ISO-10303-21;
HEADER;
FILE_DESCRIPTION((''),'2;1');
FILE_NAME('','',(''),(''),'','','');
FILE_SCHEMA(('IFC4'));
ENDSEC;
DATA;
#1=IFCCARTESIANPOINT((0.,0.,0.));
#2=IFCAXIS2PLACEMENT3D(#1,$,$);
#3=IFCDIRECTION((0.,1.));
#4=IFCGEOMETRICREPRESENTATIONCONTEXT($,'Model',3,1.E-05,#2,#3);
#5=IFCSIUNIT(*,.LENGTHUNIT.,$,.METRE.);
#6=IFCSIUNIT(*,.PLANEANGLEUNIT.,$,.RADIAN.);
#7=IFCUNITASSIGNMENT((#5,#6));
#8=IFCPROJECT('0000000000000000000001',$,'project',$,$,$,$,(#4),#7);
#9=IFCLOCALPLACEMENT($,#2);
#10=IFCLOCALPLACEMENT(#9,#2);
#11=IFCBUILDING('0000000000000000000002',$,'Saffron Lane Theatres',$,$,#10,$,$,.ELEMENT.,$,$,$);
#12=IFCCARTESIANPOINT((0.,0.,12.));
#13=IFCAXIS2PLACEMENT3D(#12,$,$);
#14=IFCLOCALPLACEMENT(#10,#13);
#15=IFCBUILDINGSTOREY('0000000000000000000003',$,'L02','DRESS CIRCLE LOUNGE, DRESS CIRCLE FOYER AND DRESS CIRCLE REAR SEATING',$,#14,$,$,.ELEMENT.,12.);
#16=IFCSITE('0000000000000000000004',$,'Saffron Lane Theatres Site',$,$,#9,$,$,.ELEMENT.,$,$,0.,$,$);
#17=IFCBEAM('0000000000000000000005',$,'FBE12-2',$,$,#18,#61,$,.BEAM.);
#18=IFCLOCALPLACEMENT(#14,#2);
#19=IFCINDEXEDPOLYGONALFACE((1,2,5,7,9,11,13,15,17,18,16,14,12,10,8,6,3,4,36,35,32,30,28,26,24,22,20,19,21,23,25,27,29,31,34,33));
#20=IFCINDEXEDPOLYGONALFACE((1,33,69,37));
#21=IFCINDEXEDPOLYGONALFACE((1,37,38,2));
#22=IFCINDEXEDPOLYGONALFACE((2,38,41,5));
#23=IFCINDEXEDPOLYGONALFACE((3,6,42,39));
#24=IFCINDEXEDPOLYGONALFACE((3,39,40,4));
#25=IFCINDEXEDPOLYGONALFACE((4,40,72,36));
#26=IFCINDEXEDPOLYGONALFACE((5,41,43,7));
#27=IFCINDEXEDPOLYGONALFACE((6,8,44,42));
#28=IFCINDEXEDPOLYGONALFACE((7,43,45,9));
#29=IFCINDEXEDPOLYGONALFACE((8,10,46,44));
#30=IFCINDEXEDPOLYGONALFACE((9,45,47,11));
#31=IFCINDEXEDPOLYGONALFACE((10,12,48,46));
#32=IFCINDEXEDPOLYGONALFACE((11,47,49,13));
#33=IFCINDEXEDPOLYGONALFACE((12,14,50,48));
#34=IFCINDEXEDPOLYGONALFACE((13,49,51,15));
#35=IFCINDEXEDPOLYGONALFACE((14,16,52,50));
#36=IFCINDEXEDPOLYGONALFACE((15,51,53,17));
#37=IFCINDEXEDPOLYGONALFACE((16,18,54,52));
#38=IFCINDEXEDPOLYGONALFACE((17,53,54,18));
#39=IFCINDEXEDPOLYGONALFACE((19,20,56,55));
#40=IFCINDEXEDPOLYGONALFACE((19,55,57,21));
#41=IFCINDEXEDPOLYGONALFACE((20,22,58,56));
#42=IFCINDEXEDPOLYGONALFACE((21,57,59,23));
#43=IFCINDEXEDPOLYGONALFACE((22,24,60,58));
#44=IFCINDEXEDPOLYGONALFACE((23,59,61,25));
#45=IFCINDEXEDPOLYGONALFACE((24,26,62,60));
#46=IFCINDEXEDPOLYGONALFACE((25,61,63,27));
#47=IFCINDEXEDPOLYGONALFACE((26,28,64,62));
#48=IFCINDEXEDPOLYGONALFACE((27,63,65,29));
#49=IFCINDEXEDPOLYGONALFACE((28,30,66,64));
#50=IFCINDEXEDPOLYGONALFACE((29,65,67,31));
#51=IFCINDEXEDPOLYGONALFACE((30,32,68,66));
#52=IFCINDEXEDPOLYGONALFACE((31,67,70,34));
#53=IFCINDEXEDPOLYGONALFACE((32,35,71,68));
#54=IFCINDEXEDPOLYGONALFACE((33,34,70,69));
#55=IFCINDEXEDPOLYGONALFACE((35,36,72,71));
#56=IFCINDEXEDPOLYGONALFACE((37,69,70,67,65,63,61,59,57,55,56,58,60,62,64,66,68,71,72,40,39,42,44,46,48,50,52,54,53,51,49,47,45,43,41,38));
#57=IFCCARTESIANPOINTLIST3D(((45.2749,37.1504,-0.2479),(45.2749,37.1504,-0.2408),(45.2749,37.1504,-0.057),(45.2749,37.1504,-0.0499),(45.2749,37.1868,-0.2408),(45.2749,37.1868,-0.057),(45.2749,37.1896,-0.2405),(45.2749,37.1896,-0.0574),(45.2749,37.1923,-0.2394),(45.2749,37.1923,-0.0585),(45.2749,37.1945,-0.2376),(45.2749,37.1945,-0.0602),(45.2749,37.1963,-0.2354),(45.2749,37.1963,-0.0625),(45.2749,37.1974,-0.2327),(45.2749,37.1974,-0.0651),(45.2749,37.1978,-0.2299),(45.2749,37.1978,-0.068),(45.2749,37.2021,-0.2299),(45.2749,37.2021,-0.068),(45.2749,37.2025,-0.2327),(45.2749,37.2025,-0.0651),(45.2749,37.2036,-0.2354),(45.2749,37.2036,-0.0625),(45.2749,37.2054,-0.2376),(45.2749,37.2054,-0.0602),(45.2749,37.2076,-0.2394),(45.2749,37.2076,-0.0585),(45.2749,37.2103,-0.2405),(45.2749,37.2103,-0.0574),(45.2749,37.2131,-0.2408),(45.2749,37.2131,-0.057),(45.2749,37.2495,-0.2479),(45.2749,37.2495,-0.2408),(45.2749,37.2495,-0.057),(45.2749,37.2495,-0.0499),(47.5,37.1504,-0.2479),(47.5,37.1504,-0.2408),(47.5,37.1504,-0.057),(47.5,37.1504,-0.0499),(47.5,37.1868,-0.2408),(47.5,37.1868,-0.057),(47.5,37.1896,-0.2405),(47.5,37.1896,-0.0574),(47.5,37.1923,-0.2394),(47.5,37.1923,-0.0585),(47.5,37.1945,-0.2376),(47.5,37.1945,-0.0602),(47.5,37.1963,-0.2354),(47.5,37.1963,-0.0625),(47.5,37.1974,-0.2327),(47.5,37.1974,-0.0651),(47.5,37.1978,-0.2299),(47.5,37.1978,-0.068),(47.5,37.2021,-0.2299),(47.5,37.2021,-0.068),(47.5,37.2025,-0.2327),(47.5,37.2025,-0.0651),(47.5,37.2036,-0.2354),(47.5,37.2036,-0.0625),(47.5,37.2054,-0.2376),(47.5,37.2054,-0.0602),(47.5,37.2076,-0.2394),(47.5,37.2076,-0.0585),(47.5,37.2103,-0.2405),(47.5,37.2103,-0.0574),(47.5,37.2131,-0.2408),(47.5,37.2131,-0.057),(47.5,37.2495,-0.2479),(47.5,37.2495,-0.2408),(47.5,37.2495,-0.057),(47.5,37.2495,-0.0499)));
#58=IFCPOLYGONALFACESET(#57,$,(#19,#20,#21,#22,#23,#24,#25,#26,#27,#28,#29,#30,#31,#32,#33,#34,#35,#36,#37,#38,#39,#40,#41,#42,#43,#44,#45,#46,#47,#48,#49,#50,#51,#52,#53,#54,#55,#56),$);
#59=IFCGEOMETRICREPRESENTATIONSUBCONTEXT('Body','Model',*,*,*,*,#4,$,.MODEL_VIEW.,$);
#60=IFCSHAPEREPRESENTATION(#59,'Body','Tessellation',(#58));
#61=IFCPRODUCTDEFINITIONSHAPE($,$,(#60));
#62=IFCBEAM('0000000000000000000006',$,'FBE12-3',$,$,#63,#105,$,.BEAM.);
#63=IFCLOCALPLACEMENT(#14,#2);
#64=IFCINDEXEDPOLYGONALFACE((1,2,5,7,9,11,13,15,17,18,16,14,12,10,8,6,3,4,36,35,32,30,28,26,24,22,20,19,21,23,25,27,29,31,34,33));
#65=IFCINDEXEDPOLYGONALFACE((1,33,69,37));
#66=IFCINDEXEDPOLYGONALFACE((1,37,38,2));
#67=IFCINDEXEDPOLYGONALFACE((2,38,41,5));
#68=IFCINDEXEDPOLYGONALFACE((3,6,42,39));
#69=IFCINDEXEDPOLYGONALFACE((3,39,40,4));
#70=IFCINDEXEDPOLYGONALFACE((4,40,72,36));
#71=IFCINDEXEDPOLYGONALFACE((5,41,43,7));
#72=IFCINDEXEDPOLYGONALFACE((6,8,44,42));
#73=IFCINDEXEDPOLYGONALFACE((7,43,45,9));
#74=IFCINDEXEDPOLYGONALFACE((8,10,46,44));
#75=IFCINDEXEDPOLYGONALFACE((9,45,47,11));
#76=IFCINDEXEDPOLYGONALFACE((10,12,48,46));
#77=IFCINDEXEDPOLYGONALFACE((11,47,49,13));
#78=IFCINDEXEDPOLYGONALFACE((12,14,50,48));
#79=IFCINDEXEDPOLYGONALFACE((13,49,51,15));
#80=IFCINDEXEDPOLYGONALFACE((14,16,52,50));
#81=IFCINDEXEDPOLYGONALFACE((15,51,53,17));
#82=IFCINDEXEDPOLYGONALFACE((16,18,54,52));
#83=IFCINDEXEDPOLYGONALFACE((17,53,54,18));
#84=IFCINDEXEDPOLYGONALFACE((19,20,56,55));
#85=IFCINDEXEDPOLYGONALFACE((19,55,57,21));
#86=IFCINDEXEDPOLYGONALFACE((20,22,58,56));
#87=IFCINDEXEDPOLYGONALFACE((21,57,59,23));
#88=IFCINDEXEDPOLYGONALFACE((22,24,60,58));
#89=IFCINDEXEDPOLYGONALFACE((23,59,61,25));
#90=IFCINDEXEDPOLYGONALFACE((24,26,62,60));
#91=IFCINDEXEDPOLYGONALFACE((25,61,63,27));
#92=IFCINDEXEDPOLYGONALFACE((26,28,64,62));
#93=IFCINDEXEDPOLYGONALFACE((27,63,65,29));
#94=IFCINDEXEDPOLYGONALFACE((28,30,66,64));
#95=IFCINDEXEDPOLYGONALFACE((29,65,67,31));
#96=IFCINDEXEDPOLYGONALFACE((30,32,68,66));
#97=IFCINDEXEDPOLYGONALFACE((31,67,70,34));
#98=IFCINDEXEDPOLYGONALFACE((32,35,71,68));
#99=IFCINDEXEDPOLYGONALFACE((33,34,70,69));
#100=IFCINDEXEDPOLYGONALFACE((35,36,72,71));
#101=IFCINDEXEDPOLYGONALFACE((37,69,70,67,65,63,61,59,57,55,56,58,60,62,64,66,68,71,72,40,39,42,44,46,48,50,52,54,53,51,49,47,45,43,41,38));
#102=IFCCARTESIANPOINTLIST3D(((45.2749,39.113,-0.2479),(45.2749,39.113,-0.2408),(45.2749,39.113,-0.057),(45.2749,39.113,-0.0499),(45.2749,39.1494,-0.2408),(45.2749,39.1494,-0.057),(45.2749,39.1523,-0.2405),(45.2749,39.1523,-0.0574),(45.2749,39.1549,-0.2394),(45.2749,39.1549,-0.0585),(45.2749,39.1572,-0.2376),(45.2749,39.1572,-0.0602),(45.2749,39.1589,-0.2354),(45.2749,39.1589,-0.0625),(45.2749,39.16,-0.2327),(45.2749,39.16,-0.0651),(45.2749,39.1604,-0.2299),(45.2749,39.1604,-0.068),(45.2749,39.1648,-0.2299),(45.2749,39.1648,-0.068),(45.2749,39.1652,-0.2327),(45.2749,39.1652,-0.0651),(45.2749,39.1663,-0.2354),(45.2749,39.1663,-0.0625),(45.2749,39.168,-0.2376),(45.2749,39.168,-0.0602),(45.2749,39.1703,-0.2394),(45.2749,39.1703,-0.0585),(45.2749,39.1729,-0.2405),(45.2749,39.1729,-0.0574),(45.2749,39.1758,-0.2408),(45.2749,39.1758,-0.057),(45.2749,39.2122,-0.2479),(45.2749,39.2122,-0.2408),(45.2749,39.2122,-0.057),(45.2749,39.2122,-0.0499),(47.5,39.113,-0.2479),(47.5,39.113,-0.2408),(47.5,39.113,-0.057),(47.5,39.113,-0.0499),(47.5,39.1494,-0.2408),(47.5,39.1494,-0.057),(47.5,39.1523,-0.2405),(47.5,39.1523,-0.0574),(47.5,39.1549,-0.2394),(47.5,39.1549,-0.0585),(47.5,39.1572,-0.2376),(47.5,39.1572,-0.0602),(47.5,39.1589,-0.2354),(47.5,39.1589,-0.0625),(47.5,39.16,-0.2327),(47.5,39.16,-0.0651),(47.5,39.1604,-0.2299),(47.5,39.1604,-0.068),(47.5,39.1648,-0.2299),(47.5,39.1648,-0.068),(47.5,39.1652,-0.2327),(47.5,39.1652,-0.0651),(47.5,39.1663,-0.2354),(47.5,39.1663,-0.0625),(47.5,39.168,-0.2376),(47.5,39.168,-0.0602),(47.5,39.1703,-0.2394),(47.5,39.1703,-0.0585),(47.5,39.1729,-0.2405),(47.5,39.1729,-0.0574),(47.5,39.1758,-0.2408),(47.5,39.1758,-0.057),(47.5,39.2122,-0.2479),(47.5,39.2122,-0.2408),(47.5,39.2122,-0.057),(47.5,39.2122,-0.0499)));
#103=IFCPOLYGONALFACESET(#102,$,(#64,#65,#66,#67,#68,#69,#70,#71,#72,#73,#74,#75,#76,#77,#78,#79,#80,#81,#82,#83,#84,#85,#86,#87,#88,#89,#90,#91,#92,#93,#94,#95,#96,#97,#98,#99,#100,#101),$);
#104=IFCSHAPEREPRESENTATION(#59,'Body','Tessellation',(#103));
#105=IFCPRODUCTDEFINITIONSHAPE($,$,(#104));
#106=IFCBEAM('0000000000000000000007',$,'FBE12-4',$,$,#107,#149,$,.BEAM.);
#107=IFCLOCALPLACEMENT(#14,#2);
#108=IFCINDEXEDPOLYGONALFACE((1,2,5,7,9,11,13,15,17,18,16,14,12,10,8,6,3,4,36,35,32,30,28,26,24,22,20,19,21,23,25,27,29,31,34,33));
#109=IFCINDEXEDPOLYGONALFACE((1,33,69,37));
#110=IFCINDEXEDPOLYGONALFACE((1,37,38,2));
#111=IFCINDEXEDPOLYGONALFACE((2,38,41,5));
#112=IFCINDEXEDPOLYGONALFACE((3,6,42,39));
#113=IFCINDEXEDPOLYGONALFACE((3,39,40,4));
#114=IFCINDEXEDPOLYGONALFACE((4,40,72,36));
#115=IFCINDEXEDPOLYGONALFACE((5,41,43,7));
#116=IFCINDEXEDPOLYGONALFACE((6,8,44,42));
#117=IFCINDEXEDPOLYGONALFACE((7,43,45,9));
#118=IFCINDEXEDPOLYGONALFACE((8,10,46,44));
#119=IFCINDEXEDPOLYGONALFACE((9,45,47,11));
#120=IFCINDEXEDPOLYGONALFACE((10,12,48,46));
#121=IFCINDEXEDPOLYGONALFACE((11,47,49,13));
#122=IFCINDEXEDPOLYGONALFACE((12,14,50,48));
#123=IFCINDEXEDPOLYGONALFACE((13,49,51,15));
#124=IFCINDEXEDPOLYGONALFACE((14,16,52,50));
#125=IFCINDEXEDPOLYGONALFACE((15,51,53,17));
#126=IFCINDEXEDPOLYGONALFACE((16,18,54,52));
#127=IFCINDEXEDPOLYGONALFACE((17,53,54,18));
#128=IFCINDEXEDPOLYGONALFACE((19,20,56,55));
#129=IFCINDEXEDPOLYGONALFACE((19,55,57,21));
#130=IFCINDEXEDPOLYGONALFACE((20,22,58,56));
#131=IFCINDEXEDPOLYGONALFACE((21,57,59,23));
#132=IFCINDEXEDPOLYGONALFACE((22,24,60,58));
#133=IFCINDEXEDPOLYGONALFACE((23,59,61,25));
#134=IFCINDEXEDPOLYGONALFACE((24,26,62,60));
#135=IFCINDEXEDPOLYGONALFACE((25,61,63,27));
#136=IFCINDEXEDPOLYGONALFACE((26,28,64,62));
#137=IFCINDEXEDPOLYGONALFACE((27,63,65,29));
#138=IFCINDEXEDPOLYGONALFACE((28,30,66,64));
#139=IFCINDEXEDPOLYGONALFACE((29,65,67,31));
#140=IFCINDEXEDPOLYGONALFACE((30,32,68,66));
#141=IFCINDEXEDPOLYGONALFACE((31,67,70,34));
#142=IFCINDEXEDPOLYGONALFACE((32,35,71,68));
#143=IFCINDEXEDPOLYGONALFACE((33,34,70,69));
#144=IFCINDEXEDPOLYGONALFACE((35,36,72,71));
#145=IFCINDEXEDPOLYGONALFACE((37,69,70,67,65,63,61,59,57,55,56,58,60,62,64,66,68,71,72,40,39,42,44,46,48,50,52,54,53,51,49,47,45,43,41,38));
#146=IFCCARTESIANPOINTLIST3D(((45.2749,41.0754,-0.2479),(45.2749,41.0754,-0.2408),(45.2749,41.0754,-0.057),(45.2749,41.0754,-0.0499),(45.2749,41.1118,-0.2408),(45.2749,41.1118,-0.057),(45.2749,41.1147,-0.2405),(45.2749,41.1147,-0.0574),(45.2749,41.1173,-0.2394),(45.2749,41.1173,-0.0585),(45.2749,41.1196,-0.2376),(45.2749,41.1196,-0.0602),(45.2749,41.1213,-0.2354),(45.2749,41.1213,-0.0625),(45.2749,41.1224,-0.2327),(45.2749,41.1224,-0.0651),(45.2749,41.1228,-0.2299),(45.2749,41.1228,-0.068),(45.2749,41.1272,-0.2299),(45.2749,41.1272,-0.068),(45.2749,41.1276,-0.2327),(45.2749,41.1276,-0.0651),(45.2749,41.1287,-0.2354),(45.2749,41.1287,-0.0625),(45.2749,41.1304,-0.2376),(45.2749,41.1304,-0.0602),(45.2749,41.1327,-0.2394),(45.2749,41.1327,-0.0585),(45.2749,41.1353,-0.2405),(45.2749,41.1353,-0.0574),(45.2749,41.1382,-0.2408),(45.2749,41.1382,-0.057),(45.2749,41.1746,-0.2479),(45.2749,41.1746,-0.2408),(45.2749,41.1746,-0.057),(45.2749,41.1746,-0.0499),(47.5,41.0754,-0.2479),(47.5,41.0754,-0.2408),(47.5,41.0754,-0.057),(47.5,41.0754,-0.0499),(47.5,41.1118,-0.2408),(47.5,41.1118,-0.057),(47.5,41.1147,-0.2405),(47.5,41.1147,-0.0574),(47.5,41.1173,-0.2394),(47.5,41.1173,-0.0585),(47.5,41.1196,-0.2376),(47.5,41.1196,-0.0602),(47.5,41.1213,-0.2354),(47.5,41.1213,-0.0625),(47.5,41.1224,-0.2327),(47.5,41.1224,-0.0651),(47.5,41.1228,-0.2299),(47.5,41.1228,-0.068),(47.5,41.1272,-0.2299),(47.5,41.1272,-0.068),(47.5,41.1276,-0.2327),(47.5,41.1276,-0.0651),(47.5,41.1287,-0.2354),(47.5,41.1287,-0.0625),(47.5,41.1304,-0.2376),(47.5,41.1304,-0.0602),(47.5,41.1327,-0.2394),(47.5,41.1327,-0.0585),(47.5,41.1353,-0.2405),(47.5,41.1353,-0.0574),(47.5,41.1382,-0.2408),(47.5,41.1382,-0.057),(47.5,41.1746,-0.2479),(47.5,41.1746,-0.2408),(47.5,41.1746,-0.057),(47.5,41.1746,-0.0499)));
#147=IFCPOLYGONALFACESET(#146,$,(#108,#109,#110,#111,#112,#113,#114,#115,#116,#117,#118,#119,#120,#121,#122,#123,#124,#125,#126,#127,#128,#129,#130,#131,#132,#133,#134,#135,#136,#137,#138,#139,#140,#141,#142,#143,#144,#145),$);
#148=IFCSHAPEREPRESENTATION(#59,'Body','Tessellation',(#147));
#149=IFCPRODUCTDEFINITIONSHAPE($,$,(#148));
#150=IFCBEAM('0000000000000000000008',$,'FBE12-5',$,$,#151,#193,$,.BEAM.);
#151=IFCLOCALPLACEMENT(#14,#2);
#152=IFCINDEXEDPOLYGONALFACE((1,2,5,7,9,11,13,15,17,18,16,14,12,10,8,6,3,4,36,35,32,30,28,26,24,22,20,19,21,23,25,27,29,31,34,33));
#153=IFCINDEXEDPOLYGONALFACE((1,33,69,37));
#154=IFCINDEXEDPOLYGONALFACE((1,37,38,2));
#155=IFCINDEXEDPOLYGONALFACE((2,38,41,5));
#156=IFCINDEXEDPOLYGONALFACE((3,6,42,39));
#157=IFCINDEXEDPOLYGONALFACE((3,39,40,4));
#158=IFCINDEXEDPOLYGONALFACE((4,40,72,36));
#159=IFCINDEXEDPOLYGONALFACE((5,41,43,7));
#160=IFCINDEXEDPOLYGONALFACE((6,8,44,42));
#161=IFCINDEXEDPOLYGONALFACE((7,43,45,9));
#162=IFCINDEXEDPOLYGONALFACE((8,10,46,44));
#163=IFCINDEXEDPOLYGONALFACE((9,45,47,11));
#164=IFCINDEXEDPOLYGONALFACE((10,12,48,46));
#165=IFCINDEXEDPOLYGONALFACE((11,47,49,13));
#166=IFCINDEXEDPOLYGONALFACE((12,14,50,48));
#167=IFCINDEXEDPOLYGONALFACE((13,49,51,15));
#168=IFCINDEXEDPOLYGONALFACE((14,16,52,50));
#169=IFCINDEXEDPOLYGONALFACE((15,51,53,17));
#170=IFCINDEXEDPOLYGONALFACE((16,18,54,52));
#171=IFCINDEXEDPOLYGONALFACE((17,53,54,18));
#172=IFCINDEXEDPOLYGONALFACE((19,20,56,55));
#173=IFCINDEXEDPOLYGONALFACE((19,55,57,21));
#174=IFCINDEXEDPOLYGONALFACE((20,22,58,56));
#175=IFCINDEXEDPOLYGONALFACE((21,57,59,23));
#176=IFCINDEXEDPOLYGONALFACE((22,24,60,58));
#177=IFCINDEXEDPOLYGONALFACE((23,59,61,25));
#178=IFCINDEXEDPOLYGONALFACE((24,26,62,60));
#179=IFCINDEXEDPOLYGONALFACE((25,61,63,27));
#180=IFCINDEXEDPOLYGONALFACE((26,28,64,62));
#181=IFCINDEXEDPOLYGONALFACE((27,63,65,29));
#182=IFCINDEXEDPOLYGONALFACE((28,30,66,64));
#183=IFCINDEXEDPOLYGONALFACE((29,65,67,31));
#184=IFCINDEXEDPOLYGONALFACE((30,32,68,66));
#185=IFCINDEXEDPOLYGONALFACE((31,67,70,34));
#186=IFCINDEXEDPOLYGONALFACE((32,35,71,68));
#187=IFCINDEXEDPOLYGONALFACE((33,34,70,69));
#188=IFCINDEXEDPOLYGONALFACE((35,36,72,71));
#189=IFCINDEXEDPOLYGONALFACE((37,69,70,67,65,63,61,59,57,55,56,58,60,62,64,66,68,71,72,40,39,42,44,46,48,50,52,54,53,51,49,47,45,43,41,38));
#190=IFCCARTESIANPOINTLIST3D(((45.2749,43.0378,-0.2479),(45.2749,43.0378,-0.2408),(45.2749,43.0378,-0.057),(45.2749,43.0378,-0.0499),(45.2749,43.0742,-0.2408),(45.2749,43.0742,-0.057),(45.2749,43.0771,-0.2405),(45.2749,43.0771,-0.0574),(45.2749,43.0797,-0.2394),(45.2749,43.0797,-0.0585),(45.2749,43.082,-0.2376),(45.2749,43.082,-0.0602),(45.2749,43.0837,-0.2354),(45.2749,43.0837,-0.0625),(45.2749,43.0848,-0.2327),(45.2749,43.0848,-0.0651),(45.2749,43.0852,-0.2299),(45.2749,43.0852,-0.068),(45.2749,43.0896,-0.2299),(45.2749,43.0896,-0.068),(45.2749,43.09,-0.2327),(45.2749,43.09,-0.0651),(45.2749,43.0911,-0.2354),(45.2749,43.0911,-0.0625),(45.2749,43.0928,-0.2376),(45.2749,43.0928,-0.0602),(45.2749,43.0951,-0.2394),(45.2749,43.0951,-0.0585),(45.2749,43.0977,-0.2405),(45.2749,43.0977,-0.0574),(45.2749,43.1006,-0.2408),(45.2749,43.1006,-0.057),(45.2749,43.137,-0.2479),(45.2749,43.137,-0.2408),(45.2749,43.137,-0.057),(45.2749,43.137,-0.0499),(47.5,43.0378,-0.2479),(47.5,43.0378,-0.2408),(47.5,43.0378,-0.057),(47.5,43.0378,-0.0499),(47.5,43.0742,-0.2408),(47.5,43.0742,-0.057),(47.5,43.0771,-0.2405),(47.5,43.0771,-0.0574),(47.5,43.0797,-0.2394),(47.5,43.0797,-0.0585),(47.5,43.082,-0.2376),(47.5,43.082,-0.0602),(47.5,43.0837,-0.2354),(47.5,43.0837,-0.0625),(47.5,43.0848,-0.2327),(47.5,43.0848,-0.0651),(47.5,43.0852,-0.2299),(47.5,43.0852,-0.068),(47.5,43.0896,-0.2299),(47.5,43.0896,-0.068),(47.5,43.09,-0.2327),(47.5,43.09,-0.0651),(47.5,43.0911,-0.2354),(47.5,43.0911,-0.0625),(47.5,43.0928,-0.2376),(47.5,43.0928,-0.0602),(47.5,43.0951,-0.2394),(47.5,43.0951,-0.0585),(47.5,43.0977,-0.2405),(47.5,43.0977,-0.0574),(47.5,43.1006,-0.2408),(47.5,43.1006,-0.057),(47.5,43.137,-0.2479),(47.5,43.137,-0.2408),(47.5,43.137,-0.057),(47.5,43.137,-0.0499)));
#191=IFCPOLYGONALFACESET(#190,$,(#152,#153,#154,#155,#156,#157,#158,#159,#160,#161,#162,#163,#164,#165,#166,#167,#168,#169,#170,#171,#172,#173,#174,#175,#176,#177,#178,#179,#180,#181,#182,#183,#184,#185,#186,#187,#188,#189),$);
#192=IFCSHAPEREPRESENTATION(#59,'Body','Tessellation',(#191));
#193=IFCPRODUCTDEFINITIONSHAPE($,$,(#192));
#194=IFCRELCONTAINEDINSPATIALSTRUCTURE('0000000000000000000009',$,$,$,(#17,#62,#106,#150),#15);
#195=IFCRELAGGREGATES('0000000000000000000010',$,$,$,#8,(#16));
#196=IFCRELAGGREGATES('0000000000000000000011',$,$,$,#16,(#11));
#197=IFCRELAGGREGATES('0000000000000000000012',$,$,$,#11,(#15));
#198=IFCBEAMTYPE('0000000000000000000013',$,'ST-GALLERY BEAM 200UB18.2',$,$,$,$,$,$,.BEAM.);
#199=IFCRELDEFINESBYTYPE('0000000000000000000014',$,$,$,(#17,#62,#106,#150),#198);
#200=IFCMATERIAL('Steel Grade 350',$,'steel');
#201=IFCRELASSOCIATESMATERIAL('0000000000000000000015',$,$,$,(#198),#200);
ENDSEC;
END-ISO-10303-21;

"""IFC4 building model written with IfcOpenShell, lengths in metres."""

from ifc_helpers import new_model, si_unit, direction, frame, origin, origin_2d, place, context, subcontext, project, spatial, i_section, extrude, material, material_profile, profile_set, type_object, element, save


model = new_model("IFC4")

# Units and contexts
model_context = context("Model", 3, precision=1e-05, world=origin(), true_north=direction((0.0, 1.0)))
body_context = subcontext(model_context, "Body", "Model", "MODEL_VIEW")
ifc_project = project(units=[si_unit("LENGTHUNIT", "METRE"), si_unit("PLANEANGLEUNIT", "RADIAN")], contexts=[model_context])

# Site, building, storey
site_placement = place(None, origin())
site = spatial("IfcSite", under=ifc_project, at=site_placement, Name="Saffron Lane Theatres Site", CompositionType="ELEMENT", RefElevation=0.0)
building_placement = place(site_placement, origin())
building = spatial("IfcBuilding", under=site, at=building_placement, Name="Saffron Lane Theatres", CompositionType="ELEMENT")
storey_placement = place(building_placement, frame((0.0, 0.0, 12.0)))
storey = spatial("IfcBuildingStorey", under=building, at=storey_placement, Name="L02", Description="DRESS CIRCLE LOUNGE, DRESS CIRCLE FOYER AND DRESS CIRCLE REAR SEATING", CompositionType="ELEMENT", Elevation=12.0)

# Beams
ifc_material_1 = material(Name="Steel Grade 350", Category="steel")
ifc_material_profile_1 = material_profile(ifc_material_1, i_section(OverallWidth=0.0991, OverallDepth=0.198, WebThickness=0.0044, FlangeThickness=0.0071, FilletRadius=0.011, at=origin_2d()))
ifc_profile_set_1 = profile_set([ifc_material_profile_1], Name="Steel Grade 350")
beam_type_1 = type_object("IfcBeamType", Name="ST-GALLERY BEAM 200UB18.2", PredefinedType="BEAM", material=ifc_profile_set_1)
for number, where, z_axis, x_axis, name in (
    (1, (45.2749, 37.2, -0.1489), (1.0, 0.0, 0.0), (0.0, 1.0, 0.0), "FBE12-2"),
    (2, (45.2749, 39.1626, -0.1489), (1.0, 0.0, 0.0), (0.0, 1.0, 0.0), "FBE12-3"),
    (3, (45.2749, 41.125, -0.1489), (1.0, 0.0, 0.0), (0.0, 1.0, 0.0), "FBE12-4"),
    (4, (45.2749, 43.0874, -0.1489), (1.0, 0.0, 0.0), (0.0, 1.0, 0.0), "FBE12-5"),
):
    element("IfcBeam", number, at=place(storey_placement, frame(where, z_axis=z_axis, x_axis=x_axis)), inside=storey, type_object=beam_type_1, Name=name, PredefinedType="BEAM", context=body_context, shape_type="SweptSolid", body=[
        extrude(i_section(OverallWidth=0.0991, OverallDepth=0.198, WebThickness=0.0044, FlangeThickness=0.0071, FilletRadius=0.011, at=origin_2d()), origin(), (0.0, 0.0, 1.0), 2.2251),
    ])

save(model, "model.ifc")
